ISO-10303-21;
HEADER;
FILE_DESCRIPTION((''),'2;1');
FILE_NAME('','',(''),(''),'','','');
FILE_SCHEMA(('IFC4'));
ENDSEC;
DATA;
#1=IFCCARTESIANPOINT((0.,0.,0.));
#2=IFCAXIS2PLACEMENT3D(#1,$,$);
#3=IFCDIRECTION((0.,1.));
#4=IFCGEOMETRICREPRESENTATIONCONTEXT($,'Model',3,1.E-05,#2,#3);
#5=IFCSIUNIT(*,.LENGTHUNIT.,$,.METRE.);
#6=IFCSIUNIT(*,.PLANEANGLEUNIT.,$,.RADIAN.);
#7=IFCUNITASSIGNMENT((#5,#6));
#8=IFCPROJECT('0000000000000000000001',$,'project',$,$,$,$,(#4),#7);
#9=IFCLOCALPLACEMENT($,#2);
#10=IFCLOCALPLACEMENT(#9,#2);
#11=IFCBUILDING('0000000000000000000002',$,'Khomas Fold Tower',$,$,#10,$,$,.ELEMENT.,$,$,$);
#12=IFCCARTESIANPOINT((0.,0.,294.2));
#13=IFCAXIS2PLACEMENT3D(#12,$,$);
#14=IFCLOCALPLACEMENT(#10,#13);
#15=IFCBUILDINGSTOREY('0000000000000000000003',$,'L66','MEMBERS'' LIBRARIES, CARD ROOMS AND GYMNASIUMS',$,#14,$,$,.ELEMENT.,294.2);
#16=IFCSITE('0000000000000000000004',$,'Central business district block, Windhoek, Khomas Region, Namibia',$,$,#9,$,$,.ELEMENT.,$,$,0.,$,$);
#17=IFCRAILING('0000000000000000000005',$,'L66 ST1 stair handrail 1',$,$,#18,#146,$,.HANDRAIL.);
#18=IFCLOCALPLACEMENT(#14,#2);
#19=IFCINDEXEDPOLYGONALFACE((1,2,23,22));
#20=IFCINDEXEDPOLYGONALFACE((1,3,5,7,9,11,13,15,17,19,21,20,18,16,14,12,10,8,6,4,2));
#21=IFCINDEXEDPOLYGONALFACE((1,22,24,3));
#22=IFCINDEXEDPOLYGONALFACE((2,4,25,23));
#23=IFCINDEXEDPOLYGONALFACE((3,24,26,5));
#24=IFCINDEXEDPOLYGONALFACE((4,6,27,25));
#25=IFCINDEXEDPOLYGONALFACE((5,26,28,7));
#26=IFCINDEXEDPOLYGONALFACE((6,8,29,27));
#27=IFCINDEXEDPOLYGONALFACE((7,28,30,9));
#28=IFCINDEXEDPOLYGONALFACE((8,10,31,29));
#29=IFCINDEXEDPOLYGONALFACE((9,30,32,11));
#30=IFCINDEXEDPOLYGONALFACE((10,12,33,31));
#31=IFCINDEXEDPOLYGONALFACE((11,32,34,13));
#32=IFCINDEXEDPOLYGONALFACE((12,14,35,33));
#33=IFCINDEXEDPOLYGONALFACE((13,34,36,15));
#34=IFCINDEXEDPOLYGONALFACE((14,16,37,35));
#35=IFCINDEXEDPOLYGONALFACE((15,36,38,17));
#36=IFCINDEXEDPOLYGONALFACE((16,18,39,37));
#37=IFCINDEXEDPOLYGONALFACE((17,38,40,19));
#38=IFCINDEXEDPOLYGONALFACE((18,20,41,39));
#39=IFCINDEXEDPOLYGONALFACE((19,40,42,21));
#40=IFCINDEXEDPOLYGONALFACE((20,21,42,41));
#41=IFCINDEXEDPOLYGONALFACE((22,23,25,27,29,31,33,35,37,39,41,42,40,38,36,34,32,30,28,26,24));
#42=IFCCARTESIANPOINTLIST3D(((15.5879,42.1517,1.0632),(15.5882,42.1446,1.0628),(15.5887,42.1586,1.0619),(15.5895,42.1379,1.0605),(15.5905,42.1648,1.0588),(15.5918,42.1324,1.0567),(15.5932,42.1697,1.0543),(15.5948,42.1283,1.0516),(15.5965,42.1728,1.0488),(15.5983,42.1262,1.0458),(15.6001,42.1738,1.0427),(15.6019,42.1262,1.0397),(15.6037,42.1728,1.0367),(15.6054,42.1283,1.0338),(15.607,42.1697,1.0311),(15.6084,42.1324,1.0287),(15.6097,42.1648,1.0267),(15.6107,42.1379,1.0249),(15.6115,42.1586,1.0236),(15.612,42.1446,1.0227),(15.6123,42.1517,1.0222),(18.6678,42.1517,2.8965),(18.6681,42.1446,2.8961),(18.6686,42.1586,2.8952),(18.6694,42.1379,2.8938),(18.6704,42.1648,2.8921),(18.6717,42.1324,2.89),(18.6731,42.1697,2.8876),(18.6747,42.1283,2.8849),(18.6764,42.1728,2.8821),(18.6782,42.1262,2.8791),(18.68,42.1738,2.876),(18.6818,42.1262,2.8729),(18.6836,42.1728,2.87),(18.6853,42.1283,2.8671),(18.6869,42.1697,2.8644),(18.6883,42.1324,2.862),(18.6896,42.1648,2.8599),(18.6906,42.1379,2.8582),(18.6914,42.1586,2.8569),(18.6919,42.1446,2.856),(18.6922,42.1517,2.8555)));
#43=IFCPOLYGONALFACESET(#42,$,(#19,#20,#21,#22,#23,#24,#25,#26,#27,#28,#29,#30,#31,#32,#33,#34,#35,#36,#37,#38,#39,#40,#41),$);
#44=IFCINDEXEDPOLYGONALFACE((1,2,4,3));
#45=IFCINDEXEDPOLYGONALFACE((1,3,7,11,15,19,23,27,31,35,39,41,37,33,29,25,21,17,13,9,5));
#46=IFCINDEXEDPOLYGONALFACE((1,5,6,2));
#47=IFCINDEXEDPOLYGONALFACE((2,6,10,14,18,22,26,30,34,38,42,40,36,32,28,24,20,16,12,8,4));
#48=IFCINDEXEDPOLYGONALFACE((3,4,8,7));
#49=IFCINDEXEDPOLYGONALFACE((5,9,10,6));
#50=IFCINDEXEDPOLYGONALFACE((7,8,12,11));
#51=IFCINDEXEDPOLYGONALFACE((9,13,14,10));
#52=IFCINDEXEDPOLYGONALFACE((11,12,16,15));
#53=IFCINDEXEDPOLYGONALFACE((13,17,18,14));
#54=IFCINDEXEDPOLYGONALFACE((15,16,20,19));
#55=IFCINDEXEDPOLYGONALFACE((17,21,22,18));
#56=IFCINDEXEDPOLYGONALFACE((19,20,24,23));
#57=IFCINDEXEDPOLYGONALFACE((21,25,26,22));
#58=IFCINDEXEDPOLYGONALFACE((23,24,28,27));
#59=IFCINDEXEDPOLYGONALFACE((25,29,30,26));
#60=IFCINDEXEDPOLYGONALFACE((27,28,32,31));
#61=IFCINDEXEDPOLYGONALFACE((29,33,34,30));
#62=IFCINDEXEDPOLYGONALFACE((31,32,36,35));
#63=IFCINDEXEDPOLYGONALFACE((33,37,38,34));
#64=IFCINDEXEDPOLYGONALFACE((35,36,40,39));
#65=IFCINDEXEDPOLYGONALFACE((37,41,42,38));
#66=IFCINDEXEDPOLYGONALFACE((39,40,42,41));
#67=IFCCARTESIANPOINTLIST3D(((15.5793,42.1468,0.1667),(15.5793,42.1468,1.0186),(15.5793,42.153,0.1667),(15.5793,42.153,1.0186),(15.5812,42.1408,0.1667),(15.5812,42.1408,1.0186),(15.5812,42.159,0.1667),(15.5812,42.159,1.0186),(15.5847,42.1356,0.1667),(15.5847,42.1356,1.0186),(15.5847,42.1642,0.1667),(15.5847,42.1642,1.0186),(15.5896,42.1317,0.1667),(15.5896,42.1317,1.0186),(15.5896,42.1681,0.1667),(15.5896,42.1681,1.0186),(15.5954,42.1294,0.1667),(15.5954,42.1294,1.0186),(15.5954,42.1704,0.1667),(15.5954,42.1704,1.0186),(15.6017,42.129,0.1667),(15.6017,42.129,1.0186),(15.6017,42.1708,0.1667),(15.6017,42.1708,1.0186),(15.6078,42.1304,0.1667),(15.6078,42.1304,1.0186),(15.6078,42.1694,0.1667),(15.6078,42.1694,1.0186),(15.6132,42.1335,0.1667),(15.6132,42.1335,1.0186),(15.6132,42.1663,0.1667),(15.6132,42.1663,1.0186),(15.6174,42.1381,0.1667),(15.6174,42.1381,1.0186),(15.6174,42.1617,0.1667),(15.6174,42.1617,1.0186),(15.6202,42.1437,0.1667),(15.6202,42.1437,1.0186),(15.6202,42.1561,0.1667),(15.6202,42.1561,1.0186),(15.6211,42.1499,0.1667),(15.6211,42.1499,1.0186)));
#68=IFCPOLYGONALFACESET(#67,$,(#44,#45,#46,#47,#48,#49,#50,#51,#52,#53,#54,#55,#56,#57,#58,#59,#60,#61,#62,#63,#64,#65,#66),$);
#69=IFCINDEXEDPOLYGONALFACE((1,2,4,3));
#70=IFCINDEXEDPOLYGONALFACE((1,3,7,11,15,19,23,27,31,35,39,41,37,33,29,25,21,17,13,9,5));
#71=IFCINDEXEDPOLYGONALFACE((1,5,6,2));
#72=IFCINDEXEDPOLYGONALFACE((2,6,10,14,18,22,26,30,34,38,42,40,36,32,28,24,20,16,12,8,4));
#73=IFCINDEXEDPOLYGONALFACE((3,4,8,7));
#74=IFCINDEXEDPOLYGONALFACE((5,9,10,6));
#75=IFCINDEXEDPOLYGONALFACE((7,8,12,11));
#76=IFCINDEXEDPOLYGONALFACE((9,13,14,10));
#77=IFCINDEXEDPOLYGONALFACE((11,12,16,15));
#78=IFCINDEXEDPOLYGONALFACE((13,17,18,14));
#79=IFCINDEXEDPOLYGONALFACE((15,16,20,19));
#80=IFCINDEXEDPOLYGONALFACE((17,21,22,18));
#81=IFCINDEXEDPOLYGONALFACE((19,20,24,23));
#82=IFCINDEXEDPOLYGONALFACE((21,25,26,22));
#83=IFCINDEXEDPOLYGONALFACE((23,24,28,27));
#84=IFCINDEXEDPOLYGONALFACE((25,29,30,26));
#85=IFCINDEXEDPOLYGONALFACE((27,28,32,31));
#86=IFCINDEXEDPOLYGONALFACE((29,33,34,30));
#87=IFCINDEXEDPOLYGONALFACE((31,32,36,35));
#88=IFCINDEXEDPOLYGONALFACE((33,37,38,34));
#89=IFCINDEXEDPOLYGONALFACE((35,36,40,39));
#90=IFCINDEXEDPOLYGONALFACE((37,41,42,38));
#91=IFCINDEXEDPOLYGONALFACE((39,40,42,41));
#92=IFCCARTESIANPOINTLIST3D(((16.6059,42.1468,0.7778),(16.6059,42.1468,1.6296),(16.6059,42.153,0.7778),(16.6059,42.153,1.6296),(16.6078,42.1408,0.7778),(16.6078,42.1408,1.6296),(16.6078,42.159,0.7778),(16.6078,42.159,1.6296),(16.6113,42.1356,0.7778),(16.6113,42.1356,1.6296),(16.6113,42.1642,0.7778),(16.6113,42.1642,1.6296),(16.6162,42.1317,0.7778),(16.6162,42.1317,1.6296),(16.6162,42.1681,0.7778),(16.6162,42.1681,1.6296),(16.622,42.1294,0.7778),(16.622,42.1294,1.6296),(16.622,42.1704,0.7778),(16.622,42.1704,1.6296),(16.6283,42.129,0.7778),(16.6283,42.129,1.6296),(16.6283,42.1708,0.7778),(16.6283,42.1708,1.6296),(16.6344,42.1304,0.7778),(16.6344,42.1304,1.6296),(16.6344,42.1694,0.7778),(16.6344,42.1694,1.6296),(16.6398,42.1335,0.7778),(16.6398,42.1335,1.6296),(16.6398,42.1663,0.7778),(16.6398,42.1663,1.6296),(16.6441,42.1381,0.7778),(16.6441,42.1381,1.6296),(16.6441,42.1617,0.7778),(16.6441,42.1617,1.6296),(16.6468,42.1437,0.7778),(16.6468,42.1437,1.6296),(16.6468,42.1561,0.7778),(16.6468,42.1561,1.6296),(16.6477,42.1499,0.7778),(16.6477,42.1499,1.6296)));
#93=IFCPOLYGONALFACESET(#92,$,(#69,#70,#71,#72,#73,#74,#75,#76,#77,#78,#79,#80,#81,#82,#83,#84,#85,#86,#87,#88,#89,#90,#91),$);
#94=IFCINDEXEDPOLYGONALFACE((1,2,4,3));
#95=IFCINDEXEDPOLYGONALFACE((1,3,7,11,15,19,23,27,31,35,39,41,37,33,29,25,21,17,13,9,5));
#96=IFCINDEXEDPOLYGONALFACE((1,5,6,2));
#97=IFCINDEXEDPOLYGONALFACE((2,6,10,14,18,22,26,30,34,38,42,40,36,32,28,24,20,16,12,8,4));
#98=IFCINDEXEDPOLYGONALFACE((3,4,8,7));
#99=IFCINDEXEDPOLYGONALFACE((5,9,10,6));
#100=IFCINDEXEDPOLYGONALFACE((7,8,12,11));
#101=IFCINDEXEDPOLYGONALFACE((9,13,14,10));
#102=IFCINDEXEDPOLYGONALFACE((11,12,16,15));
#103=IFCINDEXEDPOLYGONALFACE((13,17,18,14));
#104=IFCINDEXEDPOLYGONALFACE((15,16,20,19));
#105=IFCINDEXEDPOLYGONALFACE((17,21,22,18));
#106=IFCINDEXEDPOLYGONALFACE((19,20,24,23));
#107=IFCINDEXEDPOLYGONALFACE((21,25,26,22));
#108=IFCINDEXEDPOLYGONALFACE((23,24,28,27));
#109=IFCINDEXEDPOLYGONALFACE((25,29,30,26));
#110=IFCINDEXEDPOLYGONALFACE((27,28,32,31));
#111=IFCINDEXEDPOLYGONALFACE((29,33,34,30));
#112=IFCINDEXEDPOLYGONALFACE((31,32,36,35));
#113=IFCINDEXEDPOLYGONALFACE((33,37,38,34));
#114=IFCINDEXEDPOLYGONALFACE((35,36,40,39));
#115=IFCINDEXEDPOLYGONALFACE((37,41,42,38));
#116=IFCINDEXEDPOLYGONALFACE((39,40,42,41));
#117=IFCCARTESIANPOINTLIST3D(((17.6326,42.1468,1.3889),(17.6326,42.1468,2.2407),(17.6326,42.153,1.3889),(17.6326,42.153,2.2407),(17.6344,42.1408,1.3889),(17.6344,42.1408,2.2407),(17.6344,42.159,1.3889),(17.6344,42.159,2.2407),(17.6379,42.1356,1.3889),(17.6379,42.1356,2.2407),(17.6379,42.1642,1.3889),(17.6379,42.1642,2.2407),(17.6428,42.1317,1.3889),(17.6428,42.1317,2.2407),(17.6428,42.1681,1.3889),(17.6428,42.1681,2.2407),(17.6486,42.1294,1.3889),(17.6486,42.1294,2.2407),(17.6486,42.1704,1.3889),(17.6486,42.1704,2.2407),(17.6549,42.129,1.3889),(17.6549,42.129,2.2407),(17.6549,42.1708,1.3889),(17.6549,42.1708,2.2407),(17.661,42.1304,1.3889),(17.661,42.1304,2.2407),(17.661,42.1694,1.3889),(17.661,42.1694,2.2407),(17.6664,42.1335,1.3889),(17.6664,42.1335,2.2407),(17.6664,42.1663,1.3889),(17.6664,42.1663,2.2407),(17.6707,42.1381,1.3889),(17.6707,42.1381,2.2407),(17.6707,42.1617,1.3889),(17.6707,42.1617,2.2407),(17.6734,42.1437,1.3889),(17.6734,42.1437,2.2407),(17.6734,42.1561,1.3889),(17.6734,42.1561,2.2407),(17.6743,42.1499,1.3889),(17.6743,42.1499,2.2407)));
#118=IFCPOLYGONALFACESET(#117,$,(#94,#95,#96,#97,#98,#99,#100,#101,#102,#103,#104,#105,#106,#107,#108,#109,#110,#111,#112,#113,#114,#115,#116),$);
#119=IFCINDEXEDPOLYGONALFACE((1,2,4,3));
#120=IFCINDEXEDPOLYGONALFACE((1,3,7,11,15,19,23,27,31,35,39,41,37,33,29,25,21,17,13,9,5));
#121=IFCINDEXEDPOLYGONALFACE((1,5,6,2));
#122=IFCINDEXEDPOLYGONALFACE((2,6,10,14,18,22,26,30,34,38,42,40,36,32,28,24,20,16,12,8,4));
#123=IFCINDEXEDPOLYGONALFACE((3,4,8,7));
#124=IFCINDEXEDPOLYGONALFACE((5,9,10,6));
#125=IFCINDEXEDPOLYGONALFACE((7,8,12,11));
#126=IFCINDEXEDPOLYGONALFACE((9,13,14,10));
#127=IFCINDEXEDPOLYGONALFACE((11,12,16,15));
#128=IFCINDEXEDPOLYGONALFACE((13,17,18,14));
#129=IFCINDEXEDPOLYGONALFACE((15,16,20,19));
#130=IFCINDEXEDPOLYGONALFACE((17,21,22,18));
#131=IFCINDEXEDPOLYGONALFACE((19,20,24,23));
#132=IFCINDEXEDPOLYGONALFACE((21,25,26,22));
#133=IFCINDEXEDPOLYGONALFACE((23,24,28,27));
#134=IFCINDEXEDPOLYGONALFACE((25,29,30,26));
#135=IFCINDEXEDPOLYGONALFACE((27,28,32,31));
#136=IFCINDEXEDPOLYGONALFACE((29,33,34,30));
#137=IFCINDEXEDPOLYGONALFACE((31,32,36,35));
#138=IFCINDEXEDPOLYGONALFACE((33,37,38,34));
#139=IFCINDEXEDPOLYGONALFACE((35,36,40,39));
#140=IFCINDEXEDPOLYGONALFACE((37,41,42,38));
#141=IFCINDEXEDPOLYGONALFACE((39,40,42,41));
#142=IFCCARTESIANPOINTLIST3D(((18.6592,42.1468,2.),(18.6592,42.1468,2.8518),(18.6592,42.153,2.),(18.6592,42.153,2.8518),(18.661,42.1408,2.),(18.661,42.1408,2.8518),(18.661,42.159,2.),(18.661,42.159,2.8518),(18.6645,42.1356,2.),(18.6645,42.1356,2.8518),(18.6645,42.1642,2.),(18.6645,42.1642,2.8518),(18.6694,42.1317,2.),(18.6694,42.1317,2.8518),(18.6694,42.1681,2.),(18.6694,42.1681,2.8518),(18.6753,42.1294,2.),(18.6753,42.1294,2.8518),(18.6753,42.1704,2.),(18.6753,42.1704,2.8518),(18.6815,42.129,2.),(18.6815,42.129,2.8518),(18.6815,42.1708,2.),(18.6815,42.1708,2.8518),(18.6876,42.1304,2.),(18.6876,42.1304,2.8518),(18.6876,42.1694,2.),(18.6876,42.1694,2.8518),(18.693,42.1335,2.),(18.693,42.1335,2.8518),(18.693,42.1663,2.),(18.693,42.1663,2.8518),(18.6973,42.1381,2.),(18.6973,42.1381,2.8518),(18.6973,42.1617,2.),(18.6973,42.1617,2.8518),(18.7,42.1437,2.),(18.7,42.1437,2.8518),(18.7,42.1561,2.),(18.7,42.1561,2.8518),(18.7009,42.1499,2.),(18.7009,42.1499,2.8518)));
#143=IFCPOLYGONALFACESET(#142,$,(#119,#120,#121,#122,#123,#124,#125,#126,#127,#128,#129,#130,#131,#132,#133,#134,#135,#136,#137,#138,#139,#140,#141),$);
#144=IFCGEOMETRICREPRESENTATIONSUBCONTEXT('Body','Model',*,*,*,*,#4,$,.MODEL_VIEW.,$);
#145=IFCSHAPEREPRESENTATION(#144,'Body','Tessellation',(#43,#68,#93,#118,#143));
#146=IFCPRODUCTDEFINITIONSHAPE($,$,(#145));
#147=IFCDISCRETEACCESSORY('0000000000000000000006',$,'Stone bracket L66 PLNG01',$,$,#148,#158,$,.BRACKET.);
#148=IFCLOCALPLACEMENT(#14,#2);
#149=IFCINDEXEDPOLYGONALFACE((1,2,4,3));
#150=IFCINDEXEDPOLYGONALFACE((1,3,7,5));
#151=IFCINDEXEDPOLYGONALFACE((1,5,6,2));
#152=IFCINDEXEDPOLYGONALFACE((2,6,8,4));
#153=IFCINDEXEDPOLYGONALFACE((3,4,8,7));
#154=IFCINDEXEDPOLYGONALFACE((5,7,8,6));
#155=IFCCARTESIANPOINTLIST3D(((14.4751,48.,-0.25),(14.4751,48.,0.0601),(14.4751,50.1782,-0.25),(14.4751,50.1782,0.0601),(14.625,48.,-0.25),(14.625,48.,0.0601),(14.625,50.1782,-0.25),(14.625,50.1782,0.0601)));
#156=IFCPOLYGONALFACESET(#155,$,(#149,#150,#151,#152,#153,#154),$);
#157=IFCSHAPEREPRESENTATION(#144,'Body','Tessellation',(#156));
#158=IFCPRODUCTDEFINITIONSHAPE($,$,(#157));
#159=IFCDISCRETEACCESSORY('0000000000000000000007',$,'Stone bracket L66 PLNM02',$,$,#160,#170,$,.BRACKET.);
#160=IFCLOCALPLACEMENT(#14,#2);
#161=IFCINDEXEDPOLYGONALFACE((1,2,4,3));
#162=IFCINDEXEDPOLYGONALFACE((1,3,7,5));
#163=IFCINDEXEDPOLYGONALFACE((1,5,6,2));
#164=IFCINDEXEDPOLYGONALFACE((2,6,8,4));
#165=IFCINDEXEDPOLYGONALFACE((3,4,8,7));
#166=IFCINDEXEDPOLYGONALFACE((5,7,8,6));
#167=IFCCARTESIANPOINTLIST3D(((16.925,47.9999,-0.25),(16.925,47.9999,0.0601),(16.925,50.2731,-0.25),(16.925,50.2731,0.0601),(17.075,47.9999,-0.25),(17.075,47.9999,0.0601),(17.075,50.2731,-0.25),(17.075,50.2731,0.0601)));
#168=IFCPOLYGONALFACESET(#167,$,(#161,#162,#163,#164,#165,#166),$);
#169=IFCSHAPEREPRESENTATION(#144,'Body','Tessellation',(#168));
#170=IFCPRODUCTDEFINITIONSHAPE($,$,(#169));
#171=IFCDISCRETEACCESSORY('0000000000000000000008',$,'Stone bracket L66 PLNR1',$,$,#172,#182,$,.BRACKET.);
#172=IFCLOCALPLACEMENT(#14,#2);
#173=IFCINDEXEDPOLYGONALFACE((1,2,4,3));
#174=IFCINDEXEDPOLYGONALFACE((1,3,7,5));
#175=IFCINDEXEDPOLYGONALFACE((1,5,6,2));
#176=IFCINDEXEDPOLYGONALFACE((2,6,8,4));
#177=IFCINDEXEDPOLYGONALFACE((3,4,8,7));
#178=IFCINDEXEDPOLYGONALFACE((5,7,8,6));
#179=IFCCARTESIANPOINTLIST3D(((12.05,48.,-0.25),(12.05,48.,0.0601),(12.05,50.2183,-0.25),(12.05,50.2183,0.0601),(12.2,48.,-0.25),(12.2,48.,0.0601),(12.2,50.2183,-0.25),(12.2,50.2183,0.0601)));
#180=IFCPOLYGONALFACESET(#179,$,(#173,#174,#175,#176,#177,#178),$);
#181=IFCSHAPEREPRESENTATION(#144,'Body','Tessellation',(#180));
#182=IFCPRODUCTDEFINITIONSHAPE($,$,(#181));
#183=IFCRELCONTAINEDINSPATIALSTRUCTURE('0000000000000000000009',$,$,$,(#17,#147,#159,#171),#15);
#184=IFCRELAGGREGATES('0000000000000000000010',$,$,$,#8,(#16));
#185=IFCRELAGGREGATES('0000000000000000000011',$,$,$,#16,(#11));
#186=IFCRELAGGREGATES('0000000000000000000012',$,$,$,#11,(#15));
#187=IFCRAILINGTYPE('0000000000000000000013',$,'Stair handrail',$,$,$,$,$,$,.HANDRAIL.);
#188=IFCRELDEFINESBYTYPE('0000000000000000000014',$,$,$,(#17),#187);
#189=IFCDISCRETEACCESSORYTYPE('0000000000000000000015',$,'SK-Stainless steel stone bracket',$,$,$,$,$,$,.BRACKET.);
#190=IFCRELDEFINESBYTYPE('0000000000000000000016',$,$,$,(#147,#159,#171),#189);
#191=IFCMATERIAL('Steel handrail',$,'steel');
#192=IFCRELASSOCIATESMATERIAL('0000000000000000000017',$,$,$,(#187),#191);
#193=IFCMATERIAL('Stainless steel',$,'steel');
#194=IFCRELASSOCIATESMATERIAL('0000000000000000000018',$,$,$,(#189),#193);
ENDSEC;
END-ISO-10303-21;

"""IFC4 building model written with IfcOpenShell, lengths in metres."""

from ifc_helpers import new_model, si_unit, direction, frame, origin, origin_2d, place, context, subcontext, project, spatial, rectangle, circle, extrude, source, transform, mapped, material, type_object, element, save


model = new_model("IFC4")

# Units and contexts
model_context = context("Model", 3, precision=1e-05, world=origin(), true_north=direction((0.0, 1.0)))
body_context = subcontext(model_context, "Body", "Model", "MODEL_VIEW")
ifc_project = project(units=[si_unit("LENGTHUNIT", "METRE"), si_unit("PLANEANGLEUNIT", "RADIAN")], contexts=[model_context])

# Site, building, storey
site_placement = place(None, origin())
site = spatial("IfcSite", under=ifc_project, at=site_placement, Name="Central business district block, Windhoek, Khomas Region, Namibia", CompositionType="ELEMENT", RefElevation=0.0)
building_placement = place(site_placement, origin())
building = spatial("IfcBuilding", under=site, at=building_placement, Name="Khomas Fold Tower", CompositionType="ELEMENT")
storey_placement = place(building_placement, frame((0.0, 0.0, 294.2)))
storey = spatial("IfcBuildingStorey", under=building, at=storey_placement, Name="L66", Description="MEMBERS' LIBRARIES, CARD ROOMS AND GYMNASIUMS", CompositionType="ELEMENT", Elevation=294.2)

# Railing
ifc_material_1 = material(Name="Steel handrail", Category="steel")
railing_type_1 = type_object("IfcRailingType", Name="Stair handrail", PredefinedType="HANDRAIL", material=ifc_material_1)
shared_shape_1 = source(origin(), body_context, "Body", "SweptSolid", [
    extrude(circle(Radius=0.0239, at=origin_2d()), frame((0.0, 0.0, 0.876), z_axis=(0.859291, 0.0, 0.511487), x_axis=(0.0, 1.0, 0.0)), (0.0, 0.0, 1.0), 3.5842),
    extrude(circle(Radius=0.021, at=origin_2d()), origin(), (0.0, 0.0, 1.0), 0.8518),
    extrude(circle(Radius=0.021, at=origin_2d()), frame((1.0266, 0.0, 0.6111)), (0.0, 0.0, 1.0), 0.8518),
    extrude(circle(Radius=0.021, at=origin_2d()), frame((2.0532, 0.0, 1.2222)), (0.0, 0.0, 1.0), 0.8518),
    extrude(circle(Radius=0.021, at=origin_2d()), frame((3.0798, 0.0, 1.8333)), (0.0, 0.0, 1.0), 0.8518),
])
railing_1_placement = place(storey_placement, frame((15.6001, 42.1499, 0.1667)))
element("IfcRailing", 1, at=railing_1_placement, inside=storey, type_object=railing_type_1, Name="L66 ST1 stair handrail 1", PredefinedType="HANDRAIL", context=body_context, shape_type="MappedRepresentation", body=[
    mapped(shared_shape_1, transform((0.0, 0.0, 0.0))),
])

# Discrete accessories
ifc_material_2 = material(Name="Stainless steel", Category="steel")
discrete_accessory_type = type_object("IfcDiscreteAccessoryType", Name="SK-Stainless steel stone bracket", PredefinedType="BRACKET", material=ifc_material_2)
shared_shape_2 = source(origin(), body_context, "Body", "SweptSolid", [
    extrude(rectangle(XDim=2.1782, YDim=0.1499, at=origin_2d()), origin(), (0.0, 0.0, 1.0), 0.3101),
])
discrete_accessory_1_placement = place(storey_placement, frame((14.55, 49.0891, -0.25), z_axis=(0.0, 0.0, 1.0), x_axis=(0.0, 1.0, 0.0)))
element("IfcDiscreteAccessory", 2, at=discrete_accessory_1_placement, inside=storey, type_object=discrete_accessory_type, Name="Stone bracket L66 PLNG01", PredefinedType="BRACKET", context=body_context, shape_type="MappedRepresentation", body=[
    mapped(shared_shape_2, transform((0.0, 0.0, 0.0))),
])
shared_shape_3 = source(origin(), body_context, "Body", "SweptSolid", [
    extrude(rectangle(XDim=2.2732, YDim=0.1499, at=origin_2d()), origin(), (0.0, 0.0, 1.0), 0.3101),
])
discrete_accessory_2_placement = place(storey_placement, frame((17.0, 49.1365, -0.25), z_axis=(0.0, 0.0, 1.0), x_axis=(0.0, 1.0, 0.0)))
element("IfcDiscreteAccessory", 3, at=discrete_accessory_2_placement, inside=storey, type_object=discrete_accessory_type, Name="Stone bracket L66 PLNM02", PredefinedType="BRACKET", context=body_context, shape_type="MappedRepresentation", body=[
    mapped(shared_shape_3, transform((0.0, 0.0, 0.0))),
])
shared_shape_4 = source(origin(), body_context, "Body", "SweptSolid", [
    extrude(rectangle(XDim=2.2183, YDim=0.1499, at=origin_2d()), origin(), (0.0, 0.0, 1.0), 0.3101),
])
discrete_accessory_3_placement = place(storey_placement, frame((12.125, 49.1091, -0.25), z_axis=(0.0, 0.0, 1.0), x_axis=(0.0, 1.0, 0.0)))
element("IfcDiscreteAccessory", 4, at=discrete_accessory_3_placement, inside=storey, type_object=discrete_accessory_type, Name="Stone bracket L66 PLNR1", PredefinedType="BRACKET", context=body_context, shape_type="MappedRepresentation", body=[
    mapped(shared_shape_4, transform((0.0, 0.0, 0.0))),
])

save(model, "model.ifc")
